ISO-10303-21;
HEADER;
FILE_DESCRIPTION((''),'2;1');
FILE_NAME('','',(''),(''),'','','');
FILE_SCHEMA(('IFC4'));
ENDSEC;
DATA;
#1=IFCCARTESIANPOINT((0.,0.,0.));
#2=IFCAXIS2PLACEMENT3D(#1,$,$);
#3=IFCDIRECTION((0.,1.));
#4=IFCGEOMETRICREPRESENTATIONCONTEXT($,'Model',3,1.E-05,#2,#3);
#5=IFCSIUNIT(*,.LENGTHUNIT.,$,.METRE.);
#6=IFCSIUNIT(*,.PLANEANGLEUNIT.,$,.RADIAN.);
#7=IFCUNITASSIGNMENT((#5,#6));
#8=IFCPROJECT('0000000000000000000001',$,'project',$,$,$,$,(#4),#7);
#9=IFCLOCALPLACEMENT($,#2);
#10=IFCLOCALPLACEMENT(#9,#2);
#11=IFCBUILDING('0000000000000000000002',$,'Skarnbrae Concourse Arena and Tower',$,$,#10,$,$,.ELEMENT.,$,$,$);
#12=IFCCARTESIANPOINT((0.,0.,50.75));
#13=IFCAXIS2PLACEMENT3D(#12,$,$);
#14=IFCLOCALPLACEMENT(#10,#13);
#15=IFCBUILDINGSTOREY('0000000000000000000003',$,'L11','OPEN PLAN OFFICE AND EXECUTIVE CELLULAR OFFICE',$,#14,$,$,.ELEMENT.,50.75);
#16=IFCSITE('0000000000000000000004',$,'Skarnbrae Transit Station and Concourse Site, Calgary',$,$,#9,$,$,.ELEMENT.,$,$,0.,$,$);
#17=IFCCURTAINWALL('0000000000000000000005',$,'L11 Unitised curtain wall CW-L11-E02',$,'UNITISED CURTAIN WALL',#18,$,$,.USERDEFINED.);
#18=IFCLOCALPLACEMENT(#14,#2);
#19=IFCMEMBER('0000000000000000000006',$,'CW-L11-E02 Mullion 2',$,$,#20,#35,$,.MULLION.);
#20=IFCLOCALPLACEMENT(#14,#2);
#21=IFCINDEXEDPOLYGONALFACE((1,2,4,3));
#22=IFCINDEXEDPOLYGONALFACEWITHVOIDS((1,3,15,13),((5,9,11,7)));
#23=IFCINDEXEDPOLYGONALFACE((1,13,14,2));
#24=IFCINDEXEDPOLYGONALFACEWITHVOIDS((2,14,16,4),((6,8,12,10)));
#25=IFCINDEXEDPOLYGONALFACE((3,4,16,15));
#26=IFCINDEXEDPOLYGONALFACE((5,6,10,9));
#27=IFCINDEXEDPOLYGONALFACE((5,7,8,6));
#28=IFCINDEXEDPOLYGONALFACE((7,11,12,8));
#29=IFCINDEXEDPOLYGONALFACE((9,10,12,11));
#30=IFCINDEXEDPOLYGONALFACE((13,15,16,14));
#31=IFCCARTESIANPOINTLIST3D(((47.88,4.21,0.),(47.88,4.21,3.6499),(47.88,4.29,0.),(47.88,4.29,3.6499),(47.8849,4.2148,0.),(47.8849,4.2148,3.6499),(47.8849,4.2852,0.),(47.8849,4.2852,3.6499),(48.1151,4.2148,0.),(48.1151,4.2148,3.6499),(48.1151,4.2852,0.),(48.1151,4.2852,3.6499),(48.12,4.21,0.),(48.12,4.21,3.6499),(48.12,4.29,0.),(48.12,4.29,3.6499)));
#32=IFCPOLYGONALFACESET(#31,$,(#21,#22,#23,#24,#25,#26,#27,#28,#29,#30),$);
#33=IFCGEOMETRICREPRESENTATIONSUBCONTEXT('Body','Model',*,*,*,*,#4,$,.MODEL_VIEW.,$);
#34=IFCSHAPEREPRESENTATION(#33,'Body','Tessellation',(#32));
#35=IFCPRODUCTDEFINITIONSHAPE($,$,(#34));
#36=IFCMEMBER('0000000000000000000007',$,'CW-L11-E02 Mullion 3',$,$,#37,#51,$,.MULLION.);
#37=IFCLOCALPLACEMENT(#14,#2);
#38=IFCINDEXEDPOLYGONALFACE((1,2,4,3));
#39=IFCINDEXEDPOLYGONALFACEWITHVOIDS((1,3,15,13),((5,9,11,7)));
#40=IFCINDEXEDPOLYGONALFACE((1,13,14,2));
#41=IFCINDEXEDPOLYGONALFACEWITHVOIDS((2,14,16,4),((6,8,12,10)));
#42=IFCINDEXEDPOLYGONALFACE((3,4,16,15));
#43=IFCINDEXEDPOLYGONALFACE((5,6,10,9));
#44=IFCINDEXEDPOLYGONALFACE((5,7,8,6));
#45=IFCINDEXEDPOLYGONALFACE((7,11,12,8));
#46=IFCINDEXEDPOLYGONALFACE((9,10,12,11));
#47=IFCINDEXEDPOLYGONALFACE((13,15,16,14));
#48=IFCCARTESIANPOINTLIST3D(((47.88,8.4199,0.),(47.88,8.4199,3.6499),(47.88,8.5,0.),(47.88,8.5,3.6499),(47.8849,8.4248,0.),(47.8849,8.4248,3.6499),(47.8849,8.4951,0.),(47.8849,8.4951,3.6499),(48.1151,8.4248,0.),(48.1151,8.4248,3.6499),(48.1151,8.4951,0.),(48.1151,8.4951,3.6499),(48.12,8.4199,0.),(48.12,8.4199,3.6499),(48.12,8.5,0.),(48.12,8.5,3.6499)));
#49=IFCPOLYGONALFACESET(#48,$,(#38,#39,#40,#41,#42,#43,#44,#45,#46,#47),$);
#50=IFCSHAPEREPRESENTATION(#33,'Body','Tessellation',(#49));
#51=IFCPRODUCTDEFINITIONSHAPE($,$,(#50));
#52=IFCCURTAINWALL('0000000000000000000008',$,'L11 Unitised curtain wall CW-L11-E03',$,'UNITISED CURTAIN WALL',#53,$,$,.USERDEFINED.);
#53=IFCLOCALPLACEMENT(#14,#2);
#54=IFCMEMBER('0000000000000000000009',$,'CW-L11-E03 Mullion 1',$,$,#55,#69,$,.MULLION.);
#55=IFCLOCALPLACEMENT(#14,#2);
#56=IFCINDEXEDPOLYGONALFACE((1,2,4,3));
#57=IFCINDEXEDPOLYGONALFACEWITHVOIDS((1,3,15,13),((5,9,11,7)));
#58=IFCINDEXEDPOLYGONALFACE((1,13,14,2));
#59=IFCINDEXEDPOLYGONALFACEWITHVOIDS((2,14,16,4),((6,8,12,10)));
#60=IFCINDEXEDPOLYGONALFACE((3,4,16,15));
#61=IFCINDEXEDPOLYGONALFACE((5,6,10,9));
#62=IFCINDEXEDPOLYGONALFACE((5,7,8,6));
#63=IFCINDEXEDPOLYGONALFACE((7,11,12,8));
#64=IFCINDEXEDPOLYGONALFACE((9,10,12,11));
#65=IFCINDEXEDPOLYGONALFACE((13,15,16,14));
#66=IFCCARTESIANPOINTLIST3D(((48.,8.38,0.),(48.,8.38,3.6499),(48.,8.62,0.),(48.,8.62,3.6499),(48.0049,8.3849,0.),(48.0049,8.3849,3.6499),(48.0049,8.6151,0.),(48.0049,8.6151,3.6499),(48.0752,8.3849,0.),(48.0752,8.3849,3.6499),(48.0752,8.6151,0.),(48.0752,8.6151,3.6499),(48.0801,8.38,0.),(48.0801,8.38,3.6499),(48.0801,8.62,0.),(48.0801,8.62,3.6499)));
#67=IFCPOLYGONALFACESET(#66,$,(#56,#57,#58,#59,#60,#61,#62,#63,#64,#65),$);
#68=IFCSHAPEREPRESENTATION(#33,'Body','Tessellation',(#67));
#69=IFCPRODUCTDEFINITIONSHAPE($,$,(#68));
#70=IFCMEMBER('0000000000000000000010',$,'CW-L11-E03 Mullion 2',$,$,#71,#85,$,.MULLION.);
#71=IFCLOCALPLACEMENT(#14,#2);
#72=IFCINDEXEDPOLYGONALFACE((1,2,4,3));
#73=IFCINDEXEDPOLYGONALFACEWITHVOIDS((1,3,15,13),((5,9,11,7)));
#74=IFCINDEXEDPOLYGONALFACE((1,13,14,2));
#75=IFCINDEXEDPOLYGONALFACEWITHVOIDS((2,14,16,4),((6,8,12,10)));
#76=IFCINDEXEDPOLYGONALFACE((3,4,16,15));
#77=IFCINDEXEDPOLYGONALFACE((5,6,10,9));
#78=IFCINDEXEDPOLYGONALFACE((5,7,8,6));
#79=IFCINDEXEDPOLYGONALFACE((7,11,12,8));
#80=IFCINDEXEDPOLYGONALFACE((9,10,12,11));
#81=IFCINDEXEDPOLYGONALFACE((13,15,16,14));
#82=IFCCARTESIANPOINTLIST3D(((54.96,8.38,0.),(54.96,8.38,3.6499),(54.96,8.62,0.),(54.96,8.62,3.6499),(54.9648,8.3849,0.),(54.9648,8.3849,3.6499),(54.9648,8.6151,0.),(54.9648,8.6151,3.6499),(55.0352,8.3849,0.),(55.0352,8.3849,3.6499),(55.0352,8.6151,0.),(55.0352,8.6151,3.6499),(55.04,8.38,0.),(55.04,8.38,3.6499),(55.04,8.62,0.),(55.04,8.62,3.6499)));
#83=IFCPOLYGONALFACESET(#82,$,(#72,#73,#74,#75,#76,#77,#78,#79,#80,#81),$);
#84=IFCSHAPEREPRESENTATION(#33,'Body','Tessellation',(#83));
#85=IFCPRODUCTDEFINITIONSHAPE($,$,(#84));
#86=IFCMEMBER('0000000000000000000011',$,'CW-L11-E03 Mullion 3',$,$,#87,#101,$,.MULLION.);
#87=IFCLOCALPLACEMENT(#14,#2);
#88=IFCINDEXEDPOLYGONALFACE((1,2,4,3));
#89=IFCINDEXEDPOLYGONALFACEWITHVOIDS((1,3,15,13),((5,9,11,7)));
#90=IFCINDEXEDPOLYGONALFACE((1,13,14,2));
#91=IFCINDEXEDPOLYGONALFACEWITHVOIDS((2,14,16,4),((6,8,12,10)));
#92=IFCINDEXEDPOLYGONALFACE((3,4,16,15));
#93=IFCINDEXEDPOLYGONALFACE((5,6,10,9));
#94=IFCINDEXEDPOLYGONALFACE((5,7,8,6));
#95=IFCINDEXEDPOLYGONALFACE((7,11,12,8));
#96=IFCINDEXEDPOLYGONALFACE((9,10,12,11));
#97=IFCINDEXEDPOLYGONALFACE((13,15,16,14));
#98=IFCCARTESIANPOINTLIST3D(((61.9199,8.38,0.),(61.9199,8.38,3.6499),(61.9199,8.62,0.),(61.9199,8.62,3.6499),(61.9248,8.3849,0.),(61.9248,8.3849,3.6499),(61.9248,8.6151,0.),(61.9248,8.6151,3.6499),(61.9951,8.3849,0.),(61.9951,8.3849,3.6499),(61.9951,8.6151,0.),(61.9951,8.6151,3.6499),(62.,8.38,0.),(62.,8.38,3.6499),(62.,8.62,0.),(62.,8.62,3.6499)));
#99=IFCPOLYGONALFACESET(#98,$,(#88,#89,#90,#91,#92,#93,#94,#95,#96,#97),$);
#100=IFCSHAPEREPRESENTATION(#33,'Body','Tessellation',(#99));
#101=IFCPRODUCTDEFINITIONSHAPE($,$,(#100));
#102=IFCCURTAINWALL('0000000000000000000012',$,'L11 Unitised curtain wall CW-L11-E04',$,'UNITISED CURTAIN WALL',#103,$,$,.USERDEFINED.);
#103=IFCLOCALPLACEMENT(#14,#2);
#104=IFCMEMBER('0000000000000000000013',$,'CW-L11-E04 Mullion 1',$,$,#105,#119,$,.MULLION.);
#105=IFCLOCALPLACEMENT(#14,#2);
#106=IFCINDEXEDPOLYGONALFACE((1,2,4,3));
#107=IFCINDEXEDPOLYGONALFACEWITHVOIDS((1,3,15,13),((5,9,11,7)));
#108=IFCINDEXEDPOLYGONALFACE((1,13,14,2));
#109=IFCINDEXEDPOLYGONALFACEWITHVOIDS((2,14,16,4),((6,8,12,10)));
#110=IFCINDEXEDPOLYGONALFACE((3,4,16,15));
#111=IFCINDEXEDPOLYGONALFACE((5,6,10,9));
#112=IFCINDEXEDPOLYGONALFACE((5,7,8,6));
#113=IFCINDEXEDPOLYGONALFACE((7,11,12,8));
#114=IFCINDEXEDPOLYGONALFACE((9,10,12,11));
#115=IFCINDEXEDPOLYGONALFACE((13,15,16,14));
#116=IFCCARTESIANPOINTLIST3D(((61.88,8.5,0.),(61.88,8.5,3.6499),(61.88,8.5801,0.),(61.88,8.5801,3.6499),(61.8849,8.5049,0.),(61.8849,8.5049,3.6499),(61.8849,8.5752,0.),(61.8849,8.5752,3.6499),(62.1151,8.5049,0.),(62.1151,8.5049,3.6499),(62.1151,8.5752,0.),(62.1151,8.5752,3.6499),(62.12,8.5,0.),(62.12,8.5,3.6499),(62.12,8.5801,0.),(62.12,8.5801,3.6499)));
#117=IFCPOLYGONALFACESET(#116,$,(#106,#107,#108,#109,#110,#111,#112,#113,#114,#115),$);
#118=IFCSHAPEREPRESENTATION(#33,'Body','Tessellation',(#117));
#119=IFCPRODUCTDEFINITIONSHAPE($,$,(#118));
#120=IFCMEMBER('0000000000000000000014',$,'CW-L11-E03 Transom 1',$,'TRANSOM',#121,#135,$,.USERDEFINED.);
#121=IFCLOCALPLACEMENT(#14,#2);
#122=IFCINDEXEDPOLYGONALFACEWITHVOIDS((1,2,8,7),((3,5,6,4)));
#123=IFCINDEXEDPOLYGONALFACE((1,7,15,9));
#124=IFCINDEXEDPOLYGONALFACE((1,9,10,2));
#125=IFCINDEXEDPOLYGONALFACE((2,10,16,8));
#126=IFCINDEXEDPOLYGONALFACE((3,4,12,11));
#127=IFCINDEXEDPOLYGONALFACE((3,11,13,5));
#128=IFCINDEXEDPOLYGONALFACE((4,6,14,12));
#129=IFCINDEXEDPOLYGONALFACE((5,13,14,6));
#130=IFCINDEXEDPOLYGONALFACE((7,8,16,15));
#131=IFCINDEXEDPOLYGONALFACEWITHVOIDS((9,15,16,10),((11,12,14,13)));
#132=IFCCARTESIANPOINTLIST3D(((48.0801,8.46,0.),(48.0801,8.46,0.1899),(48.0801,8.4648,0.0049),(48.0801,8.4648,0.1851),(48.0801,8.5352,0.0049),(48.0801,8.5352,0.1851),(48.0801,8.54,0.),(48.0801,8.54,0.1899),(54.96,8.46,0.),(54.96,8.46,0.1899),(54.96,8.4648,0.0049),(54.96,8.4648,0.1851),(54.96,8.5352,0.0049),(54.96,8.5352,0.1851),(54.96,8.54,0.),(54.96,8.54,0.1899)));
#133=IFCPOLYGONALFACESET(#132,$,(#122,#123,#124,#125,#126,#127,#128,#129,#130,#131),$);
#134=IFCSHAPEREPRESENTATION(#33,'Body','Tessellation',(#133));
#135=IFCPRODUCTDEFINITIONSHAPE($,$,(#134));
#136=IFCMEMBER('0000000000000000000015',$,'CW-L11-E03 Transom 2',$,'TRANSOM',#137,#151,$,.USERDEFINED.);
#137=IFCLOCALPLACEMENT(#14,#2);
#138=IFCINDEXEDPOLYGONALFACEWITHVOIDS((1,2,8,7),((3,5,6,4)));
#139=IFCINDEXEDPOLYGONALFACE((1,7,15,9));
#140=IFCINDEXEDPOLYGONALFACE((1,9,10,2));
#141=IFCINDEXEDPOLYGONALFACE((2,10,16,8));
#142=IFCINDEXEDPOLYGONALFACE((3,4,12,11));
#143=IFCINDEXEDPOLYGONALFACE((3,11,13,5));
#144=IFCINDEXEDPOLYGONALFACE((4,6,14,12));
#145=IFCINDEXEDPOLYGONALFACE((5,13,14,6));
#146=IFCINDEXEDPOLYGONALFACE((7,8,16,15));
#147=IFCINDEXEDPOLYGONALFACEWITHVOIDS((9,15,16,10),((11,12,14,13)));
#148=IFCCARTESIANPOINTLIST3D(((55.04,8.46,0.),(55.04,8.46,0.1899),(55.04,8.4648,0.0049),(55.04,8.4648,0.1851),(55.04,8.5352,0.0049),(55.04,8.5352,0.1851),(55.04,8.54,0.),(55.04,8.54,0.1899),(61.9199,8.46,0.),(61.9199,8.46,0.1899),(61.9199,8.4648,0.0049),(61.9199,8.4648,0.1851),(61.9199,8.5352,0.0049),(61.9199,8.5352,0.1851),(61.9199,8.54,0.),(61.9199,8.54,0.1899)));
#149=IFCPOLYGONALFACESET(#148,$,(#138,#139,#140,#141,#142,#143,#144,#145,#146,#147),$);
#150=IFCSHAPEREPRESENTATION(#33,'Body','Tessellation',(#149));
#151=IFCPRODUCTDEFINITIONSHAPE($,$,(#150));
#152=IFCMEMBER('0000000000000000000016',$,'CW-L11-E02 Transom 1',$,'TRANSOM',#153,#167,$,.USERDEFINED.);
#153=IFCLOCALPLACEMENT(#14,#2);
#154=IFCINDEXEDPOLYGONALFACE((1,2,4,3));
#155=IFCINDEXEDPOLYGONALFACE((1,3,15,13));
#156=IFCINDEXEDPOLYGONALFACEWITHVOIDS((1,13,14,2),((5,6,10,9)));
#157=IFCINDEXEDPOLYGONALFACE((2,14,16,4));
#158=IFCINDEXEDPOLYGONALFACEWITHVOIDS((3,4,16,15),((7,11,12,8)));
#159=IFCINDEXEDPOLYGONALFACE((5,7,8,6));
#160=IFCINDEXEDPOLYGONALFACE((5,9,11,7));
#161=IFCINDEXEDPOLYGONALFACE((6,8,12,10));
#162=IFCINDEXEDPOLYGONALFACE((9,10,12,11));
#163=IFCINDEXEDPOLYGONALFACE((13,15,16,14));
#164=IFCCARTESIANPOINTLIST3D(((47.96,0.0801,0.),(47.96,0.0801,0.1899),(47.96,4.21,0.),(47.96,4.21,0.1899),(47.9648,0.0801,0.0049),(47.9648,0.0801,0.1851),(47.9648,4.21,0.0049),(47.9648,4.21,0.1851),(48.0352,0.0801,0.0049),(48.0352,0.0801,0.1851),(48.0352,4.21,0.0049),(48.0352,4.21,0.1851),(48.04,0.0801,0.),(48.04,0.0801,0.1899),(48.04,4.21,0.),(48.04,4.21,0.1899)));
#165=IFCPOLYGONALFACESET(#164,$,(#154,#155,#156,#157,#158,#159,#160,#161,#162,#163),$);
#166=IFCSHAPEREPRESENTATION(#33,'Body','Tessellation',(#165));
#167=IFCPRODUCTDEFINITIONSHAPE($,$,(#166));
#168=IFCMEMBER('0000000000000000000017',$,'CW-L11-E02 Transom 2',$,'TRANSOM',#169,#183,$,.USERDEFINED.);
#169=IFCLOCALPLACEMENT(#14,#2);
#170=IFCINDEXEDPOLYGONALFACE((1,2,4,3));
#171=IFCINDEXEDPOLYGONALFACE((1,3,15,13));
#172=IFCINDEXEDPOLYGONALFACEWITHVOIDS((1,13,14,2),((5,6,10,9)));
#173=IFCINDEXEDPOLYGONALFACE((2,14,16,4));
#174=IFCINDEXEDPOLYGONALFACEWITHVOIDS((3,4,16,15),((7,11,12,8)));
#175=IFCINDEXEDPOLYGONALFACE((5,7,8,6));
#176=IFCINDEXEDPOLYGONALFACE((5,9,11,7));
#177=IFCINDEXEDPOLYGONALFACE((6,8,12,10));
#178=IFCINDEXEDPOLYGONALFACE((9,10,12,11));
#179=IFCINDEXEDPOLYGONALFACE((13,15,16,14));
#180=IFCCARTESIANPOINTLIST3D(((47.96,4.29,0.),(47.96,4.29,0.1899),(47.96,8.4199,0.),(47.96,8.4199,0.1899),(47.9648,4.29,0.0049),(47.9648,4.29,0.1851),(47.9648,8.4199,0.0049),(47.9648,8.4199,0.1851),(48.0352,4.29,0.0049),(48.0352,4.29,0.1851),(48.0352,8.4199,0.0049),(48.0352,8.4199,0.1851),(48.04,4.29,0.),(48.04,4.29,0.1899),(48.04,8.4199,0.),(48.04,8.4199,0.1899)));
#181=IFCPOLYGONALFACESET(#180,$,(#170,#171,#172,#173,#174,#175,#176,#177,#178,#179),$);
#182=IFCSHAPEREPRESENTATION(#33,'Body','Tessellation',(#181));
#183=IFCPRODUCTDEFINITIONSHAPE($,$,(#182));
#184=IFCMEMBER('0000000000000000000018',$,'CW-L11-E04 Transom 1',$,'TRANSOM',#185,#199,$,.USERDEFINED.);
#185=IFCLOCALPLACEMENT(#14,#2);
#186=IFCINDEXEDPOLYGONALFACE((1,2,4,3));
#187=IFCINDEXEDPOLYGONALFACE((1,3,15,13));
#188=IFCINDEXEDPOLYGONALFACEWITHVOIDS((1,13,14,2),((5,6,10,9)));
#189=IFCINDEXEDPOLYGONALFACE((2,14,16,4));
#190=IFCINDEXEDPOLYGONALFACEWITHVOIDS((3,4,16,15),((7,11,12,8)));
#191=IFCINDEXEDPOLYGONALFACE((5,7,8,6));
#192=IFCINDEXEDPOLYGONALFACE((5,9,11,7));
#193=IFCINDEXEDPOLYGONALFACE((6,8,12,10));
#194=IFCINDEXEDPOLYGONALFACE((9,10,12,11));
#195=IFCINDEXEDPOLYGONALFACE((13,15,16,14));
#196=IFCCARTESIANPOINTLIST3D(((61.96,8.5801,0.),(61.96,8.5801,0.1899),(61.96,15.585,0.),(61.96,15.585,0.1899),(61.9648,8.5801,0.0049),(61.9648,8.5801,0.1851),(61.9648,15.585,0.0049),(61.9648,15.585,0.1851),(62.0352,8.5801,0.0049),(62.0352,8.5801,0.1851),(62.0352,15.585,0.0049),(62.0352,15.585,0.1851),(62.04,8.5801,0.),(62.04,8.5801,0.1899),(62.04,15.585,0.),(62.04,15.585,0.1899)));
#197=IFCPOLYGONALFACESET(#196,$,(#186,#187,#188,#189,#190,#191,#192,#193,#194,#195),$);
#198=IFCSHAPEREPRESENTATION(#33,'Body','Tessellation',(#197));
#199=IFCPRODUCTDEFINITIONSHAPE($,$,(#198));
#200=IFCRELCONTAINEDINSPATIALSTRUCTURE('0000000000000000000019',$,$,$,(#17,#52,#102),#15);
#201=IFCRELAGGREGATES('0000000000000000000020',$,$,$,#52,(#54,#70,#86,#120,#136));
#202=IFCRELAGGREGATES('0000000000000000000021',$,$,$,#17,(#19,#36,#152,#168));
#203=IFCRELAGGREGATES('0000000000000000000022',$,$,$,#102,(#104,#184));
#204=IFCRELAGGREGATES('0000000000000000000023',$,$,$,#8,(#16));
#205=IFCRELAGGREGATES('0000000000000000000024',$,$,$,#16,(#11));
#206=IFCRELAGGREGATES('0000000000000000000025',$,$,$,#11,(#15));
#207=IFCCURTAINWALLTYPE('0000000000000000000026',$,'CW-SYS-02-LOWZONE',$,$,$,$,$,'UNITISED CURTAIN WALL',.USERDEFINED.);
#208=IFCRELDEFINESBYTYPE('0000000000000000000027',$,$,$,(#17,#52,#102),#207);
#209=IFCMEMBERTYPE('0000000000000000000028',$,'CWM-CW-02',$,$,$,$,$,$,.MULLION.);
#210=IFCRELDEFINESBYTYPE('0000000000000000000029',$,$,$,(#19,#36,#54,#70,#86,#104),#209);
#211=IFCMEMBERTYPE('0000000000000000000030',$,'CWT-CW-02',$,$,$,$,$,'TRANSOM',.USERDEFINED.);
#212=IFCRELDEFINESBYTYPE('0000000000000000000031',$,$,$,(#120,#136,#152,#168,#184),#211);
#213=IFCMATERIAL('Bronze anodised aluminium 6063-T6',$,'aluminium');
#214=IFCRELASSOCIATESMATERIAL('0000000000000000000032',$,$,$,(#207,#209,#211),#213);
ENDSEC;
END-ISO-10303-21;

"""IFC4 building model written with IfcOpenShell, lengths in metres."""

from ifc_helpers import new_model, si_unit, direction, frame, origin, origin_2d, place, context, subcontext, project, spatial, hollow_rectangle, extrude, source, transform, mapped, material, material_profile, profile_set, type_object, element, aggregate, save


model = new_model("IFC4")

# Units and contexts
model_context = context("Model", 3, precision=1e-05, world=origin(), true_north=direction((0.0, 1.0)))
body_context = subcontext(model_context, "Body", "Model", "MODEL_VIEW")
ifc_project = project(units=[si_unit("LENGTHUNIT", "METRE"), si_unit("PLANEANGLEUNIT", "RADIAN")], contexts=[model_context])

# Site, building, storey
site_placement = place(None, origin())
site = spatial("IfcSite", under=ifc_project, at=site_placement, Name="Skarnbrae Transit Station and Concourse Site, Calgary", CompositionType="ELEMENT", RefElevation=0.0)
building_placement = place(site_placement, origin())
building = spatial("IfcBuilding", under=site, at=building_placement, Name="Skarnbrae Concourse Arena and Tower", CompositionType="ELEMENT")
storey_placement = place(building_placement, frame((0.0, 0.0, 50.75)))
storey = spatial("IfcBuildingStorey", under=building, at=storey_placement, Name="L11", Description="OPEN PLAN OFFICE AND EXECUTIVE CELLULAR OFFICE", CompositionType="ELEMENT", Elevation=50.75)

# Shared definitions
ifc_material_1 = material(Name="Bronze anodised aluminium 6063-T6", Category="aluminium")
curtain_wall_type = type_object("IfcCurtainWallType", Name="CW-SYS-02-LOWZONE", ElementType="UNITISED CURTAIN WALL", PredefinedType="USERDEFINED", material=ifc_material_1)
ifc_material_profile_1 = material_profile(ifc_material_1, hollow_rectangle(XDim=0.0801, YDim=0.24, WallThickness=0.0049, at=origin_2d()), Name="ALU-MULL-80X240")
ifc_profile_set_1 = profile_set([ifc_material_profile_1], Name="Bronze anodised aluminium 6063-T6")
member_type_1 = type_object("IfcMemberType", Name="CWM-CW-02", PredefinedType="MULLION", material=ifc_profile_set_1)
shared_shape_1 = source(origin(), body_context, "Body", "SweptSolid", [
    extrude(hollow_rectangle(XDim=0.0801, YDim=0.24, WallThickness=0.0049, at=origin_2d()), origin(), (0.0, 0.0, 1.0), 3.6499),
])

# Curtain walls, members
curtain_wall_1_placement = place(storey_placement, origin())
curtain_wall_1 = element("IfcCurtainWall", 1, at=curtain_wall_1_placement, inside=storey, type_object=curtain_wall_type, Name="L11 Unitised curtain wall CW-L11-E02", ObjectType="UNITISED CURTAIN WALL", PredefinedType="USERDEFINED")
member_1_placement = place(storey_placement, frame((48.0, 4.25, 0.0), z_axis=(0.0, 0.0, 1.0), x_axis=(0.0, 1.0, 0.0)))
member_1 = element("IfcMember", 2, at=member_1_placement, type_object=member_type_1, Name="CW-L11-E02 Mullion 2", PredefinedType="MULLION", context=body_context, shape_type="MappedRepresentation", body=[
    mapped(shared_shape_1, transform((0.0, 0.0, 0.0))),
])
member_2_placement = place(storey_placement, frame((48.0, 8.46, 0.0), z_axis=(0.0, 0.0, 1.0), x_axis=(0.0, 1.0, 0.0)))
member_2 = element("IfcMember", 3, at=member_2_placement, type_object=member_type_1, Name="CW-L11-E02 Mullion 3", PredefinedType="MULLION", context=body_context, shape_type="MappedRepresentation", body=[
    mapped(shared_shape_1, transform((0.0, 0.0, 0.0))),
])
curtain_wall_2_placement = place(storey_placement, origin())
curtain_wall_2 = element("IfcCurtainWall", 4, at=curtain_wall_2_placement, inside=storey, type_object=curtain_wall_type, Name="L11 Unitised curtain wall CW-L11-E03", ObjectType="UNITISED CURTAIN WALL", PredefinedType="USERDEFINED")
member_3_placement = place(storey_placement, frame((48.04, 8.5, 0.0), z_axis=(0.0, 0.0, 1.0), x_axis=(1.0, 0.0, 0.0)))
member_3 = element("IfcMember", 5, at=member_3_placement, type_object=member_type_1, Name="CW-L11-E03 Mullion 1", PredefinedType="MULLION", context=body_context, shape_type="MappedRepresentation", body=[
    mapped(shared_shape_1, transform((0.0, 0.0, 0.0))),
])
member_4_placement = place(storey_placement, frame((55.0, 8.5, 0.0), z_axis=(0.0, 0.0, 1.0), x_axis=(1.0, 0.0, 0.0)))
member_4 = element("IfcMember", 6, at=member_4_placement, type_object=member_type_1, Name="CW-L11-E03 Mullion 2", PredefinedType="MULLION", context=body_context, shape_type="MappedRepresentation", body=[
    mapped(shared_shape_1, transform((0.0, 0.0, 0.0))),
])
member_5_placement = place(storey_placement, frame((61.96, 8.5, 0.0), z_axis=(0.0, 0.0, 1.0), x_axis=(1.0, 0.0, 0.0)))
member_5 = element("IfcMember", 7, at=member_5_placement, type_object=member_type_1, Name="CW-L11-E03 Mullion 3", PredefinedType="MULLION", context=body_context, shape_type="MappedRepresentation", body=[
    mapped(shared_shape_1, transform((0.0, 0.0, 0.0))),
])

# Curtain wall, member
curtain_wall_3_placement = place(storey_placement, origin())
curtain_wall_3 = element("IfcCurtainWall", 8, at=curtain_wall_3_placement, inside=storey, type_object=curtain_wall_type, Name="L11 Unitised curtain wall CW-L11-E04", ObjectType="UNITISED CURTAIN WALL", PredefinedType="USERDEFINED")
member_6_placement = place(storey_placement, frame((62.0, 8.54, 0.0), z_axis=(0.0, 0.0, 1.0), x_axis=(0.0, 1.0, 0.0)))
member_6 = element("IfcMember", 9, at=member_6_placement, type_object=member_type_1, Name="CW-L11-E04 Mullion 1", PredefinedType="MULLION", context=body_context, shape_type="MappedRepresentation", body=[
    mapped(shared_shape_1, transform((0.0, 0.0, 0.0))),
])

# Members
ifc_material_profile_2 = material_profile(ifc_material_1, hollow_rectangle(XDim=0.0801, YDim=0.1899, WallThickness=0.0049, at=origin_2d()), Name="ALU-TRAN-80X190")
ifc_profile_set_2 = profile_set([ifc_material_profile_2], Name="Bronze anodised aluminium 6063-T6")
member_type_2 = type_object("IfcMemberType", Name="CWT-CW-02", ElementType="TRANSOM", PredefinedType="USERDEFINED", material=ifc_profile_set_2)
shared_shape_2 = source(origin(), body_context, "Body", "SweptSolid", [
    extrude(hollow_rectangle(XDim=0.0801, YDim=0.1899, WallThickness=0.0049, at=origin_2d()), origin(), (0.0, 0.0, 1.0), 6.8799),
])
member_7_placement = place(storey_placement, frame((48.0801, 8.5, 0.095), z_axis=(1.0, 0.0, 0.0), x_axis=(0.0, 1.0, 0.0)))
member_7 = element("IfcMember", 10, at=member_7_placement, type_object=member_type_2, Name="CW-L11-E03 Transom 1", ObjectType="TRANSOM", PredefinedType="USERDEFINED", context=body_context, shape_type="MappedRepresentation", body=[
    mapped(shared_shape_2, transform((0.0, 0.0, 0.0))),
])
member_8_placement = place(storey_placement, frame((55.04, 8.5, 0.095), z_axis=(1.0, 0.0, 0.0), x_axis=(0.0, 1.0, 0.0)))
member_8 = element("IfcMember", 11, at=member_8_placement, type_object=member_type_2, Name="CW-L11-E03 Transom 2", ObjectType="TRANSOM", PredefinedType="USERDEFINED", context=body_context, shape_type="MappedRepresentation", body=[
    mapped(shared_shape_2, transform((0.0, 0.0, 0.0))),
])
shared_shape_3 = source(origin(), body_context, "Body", "SweptSolid", [
    extrude(hollow_rectangle(XDim=0.0801, YDim=0.1899, WallThickness=0.0049, at=origin_2d()), origin(), (0.0, 0.0, 1.0), 4.1299),
])
member_9_placement = place(storey_placement, frame((48.0, 0.0801, 0.095), z_axis=(0.0, 1.0, 0.0), x_axis=(-1.0, 0.0, 0.0)))
member_9 = element("IfcMember", 12, at=member_9_placement, type_object=member_type_2, Name="CW-L11-E02 Transom 1", ObjectType="TRANSOM", PredefinedType="USERDEFINED", context=body_context, shape_type="MappedRepresentation", body=[
    mapped(shared_shape_3, transform((0.0, 0.0, 0.0))),
])
member_10_placement = place(storey_placement, frame((48.0, 4.29, 0.095), z_axis=(0.0, 1.0, 0.0), x_axis=(-1.0, 0.0, 0.0)))
member_10 = element("IfcMember", 13, at=member_10_placement, type_object=member_type_2, Name="CW-L11-E02 Transom 2", ObjectType="TRANSOM", PredefinedType="USERDEFINED", context=body_context, shape_type="MappedRepresentation", body=[
    mapped(shared_shape_3, transform((0.0, 0.0, 0.0))),
])
shared_shape_4 = source(origin(), body_context, "Body", "SweptSolid", [
    extrude(hollow_rectangle(XDim=0.0801, YDim=0.1899, WallThickness=0.0049, at=origin_2d()), origin(), (0.0, 0.0, 1.0), 7.0049),
])
member_11_placement = place(storey_placement, frame((62.0, 8.5801, 0.095), z_axis=(0.0, 1.0, 0.0), x_axis=(-1.0, 0.0, 0.0)))
member_11 = element("IfcMember", 14, at=member_11_placement, type_object=member_type_2, Name="CW-L11-E04 Transom 1", ObjectType="TRANSOM", PredefinedType="USERDEFINED", context=body_context, shape_type="MappedRepresentation", body=[
    mapped(shared_shape_4, transform((0.0, 0.0, 0.0))),
])

aggregate(curtain_wall_2, [member_3, member_4, member_5, member_7, member_8])
aggregate(curtain_wall_1, [member_1, member_2, member_9, member_10])
aggregate(curtain_wall_3, [member_6, member_11])

save(model, "model.ifc")
